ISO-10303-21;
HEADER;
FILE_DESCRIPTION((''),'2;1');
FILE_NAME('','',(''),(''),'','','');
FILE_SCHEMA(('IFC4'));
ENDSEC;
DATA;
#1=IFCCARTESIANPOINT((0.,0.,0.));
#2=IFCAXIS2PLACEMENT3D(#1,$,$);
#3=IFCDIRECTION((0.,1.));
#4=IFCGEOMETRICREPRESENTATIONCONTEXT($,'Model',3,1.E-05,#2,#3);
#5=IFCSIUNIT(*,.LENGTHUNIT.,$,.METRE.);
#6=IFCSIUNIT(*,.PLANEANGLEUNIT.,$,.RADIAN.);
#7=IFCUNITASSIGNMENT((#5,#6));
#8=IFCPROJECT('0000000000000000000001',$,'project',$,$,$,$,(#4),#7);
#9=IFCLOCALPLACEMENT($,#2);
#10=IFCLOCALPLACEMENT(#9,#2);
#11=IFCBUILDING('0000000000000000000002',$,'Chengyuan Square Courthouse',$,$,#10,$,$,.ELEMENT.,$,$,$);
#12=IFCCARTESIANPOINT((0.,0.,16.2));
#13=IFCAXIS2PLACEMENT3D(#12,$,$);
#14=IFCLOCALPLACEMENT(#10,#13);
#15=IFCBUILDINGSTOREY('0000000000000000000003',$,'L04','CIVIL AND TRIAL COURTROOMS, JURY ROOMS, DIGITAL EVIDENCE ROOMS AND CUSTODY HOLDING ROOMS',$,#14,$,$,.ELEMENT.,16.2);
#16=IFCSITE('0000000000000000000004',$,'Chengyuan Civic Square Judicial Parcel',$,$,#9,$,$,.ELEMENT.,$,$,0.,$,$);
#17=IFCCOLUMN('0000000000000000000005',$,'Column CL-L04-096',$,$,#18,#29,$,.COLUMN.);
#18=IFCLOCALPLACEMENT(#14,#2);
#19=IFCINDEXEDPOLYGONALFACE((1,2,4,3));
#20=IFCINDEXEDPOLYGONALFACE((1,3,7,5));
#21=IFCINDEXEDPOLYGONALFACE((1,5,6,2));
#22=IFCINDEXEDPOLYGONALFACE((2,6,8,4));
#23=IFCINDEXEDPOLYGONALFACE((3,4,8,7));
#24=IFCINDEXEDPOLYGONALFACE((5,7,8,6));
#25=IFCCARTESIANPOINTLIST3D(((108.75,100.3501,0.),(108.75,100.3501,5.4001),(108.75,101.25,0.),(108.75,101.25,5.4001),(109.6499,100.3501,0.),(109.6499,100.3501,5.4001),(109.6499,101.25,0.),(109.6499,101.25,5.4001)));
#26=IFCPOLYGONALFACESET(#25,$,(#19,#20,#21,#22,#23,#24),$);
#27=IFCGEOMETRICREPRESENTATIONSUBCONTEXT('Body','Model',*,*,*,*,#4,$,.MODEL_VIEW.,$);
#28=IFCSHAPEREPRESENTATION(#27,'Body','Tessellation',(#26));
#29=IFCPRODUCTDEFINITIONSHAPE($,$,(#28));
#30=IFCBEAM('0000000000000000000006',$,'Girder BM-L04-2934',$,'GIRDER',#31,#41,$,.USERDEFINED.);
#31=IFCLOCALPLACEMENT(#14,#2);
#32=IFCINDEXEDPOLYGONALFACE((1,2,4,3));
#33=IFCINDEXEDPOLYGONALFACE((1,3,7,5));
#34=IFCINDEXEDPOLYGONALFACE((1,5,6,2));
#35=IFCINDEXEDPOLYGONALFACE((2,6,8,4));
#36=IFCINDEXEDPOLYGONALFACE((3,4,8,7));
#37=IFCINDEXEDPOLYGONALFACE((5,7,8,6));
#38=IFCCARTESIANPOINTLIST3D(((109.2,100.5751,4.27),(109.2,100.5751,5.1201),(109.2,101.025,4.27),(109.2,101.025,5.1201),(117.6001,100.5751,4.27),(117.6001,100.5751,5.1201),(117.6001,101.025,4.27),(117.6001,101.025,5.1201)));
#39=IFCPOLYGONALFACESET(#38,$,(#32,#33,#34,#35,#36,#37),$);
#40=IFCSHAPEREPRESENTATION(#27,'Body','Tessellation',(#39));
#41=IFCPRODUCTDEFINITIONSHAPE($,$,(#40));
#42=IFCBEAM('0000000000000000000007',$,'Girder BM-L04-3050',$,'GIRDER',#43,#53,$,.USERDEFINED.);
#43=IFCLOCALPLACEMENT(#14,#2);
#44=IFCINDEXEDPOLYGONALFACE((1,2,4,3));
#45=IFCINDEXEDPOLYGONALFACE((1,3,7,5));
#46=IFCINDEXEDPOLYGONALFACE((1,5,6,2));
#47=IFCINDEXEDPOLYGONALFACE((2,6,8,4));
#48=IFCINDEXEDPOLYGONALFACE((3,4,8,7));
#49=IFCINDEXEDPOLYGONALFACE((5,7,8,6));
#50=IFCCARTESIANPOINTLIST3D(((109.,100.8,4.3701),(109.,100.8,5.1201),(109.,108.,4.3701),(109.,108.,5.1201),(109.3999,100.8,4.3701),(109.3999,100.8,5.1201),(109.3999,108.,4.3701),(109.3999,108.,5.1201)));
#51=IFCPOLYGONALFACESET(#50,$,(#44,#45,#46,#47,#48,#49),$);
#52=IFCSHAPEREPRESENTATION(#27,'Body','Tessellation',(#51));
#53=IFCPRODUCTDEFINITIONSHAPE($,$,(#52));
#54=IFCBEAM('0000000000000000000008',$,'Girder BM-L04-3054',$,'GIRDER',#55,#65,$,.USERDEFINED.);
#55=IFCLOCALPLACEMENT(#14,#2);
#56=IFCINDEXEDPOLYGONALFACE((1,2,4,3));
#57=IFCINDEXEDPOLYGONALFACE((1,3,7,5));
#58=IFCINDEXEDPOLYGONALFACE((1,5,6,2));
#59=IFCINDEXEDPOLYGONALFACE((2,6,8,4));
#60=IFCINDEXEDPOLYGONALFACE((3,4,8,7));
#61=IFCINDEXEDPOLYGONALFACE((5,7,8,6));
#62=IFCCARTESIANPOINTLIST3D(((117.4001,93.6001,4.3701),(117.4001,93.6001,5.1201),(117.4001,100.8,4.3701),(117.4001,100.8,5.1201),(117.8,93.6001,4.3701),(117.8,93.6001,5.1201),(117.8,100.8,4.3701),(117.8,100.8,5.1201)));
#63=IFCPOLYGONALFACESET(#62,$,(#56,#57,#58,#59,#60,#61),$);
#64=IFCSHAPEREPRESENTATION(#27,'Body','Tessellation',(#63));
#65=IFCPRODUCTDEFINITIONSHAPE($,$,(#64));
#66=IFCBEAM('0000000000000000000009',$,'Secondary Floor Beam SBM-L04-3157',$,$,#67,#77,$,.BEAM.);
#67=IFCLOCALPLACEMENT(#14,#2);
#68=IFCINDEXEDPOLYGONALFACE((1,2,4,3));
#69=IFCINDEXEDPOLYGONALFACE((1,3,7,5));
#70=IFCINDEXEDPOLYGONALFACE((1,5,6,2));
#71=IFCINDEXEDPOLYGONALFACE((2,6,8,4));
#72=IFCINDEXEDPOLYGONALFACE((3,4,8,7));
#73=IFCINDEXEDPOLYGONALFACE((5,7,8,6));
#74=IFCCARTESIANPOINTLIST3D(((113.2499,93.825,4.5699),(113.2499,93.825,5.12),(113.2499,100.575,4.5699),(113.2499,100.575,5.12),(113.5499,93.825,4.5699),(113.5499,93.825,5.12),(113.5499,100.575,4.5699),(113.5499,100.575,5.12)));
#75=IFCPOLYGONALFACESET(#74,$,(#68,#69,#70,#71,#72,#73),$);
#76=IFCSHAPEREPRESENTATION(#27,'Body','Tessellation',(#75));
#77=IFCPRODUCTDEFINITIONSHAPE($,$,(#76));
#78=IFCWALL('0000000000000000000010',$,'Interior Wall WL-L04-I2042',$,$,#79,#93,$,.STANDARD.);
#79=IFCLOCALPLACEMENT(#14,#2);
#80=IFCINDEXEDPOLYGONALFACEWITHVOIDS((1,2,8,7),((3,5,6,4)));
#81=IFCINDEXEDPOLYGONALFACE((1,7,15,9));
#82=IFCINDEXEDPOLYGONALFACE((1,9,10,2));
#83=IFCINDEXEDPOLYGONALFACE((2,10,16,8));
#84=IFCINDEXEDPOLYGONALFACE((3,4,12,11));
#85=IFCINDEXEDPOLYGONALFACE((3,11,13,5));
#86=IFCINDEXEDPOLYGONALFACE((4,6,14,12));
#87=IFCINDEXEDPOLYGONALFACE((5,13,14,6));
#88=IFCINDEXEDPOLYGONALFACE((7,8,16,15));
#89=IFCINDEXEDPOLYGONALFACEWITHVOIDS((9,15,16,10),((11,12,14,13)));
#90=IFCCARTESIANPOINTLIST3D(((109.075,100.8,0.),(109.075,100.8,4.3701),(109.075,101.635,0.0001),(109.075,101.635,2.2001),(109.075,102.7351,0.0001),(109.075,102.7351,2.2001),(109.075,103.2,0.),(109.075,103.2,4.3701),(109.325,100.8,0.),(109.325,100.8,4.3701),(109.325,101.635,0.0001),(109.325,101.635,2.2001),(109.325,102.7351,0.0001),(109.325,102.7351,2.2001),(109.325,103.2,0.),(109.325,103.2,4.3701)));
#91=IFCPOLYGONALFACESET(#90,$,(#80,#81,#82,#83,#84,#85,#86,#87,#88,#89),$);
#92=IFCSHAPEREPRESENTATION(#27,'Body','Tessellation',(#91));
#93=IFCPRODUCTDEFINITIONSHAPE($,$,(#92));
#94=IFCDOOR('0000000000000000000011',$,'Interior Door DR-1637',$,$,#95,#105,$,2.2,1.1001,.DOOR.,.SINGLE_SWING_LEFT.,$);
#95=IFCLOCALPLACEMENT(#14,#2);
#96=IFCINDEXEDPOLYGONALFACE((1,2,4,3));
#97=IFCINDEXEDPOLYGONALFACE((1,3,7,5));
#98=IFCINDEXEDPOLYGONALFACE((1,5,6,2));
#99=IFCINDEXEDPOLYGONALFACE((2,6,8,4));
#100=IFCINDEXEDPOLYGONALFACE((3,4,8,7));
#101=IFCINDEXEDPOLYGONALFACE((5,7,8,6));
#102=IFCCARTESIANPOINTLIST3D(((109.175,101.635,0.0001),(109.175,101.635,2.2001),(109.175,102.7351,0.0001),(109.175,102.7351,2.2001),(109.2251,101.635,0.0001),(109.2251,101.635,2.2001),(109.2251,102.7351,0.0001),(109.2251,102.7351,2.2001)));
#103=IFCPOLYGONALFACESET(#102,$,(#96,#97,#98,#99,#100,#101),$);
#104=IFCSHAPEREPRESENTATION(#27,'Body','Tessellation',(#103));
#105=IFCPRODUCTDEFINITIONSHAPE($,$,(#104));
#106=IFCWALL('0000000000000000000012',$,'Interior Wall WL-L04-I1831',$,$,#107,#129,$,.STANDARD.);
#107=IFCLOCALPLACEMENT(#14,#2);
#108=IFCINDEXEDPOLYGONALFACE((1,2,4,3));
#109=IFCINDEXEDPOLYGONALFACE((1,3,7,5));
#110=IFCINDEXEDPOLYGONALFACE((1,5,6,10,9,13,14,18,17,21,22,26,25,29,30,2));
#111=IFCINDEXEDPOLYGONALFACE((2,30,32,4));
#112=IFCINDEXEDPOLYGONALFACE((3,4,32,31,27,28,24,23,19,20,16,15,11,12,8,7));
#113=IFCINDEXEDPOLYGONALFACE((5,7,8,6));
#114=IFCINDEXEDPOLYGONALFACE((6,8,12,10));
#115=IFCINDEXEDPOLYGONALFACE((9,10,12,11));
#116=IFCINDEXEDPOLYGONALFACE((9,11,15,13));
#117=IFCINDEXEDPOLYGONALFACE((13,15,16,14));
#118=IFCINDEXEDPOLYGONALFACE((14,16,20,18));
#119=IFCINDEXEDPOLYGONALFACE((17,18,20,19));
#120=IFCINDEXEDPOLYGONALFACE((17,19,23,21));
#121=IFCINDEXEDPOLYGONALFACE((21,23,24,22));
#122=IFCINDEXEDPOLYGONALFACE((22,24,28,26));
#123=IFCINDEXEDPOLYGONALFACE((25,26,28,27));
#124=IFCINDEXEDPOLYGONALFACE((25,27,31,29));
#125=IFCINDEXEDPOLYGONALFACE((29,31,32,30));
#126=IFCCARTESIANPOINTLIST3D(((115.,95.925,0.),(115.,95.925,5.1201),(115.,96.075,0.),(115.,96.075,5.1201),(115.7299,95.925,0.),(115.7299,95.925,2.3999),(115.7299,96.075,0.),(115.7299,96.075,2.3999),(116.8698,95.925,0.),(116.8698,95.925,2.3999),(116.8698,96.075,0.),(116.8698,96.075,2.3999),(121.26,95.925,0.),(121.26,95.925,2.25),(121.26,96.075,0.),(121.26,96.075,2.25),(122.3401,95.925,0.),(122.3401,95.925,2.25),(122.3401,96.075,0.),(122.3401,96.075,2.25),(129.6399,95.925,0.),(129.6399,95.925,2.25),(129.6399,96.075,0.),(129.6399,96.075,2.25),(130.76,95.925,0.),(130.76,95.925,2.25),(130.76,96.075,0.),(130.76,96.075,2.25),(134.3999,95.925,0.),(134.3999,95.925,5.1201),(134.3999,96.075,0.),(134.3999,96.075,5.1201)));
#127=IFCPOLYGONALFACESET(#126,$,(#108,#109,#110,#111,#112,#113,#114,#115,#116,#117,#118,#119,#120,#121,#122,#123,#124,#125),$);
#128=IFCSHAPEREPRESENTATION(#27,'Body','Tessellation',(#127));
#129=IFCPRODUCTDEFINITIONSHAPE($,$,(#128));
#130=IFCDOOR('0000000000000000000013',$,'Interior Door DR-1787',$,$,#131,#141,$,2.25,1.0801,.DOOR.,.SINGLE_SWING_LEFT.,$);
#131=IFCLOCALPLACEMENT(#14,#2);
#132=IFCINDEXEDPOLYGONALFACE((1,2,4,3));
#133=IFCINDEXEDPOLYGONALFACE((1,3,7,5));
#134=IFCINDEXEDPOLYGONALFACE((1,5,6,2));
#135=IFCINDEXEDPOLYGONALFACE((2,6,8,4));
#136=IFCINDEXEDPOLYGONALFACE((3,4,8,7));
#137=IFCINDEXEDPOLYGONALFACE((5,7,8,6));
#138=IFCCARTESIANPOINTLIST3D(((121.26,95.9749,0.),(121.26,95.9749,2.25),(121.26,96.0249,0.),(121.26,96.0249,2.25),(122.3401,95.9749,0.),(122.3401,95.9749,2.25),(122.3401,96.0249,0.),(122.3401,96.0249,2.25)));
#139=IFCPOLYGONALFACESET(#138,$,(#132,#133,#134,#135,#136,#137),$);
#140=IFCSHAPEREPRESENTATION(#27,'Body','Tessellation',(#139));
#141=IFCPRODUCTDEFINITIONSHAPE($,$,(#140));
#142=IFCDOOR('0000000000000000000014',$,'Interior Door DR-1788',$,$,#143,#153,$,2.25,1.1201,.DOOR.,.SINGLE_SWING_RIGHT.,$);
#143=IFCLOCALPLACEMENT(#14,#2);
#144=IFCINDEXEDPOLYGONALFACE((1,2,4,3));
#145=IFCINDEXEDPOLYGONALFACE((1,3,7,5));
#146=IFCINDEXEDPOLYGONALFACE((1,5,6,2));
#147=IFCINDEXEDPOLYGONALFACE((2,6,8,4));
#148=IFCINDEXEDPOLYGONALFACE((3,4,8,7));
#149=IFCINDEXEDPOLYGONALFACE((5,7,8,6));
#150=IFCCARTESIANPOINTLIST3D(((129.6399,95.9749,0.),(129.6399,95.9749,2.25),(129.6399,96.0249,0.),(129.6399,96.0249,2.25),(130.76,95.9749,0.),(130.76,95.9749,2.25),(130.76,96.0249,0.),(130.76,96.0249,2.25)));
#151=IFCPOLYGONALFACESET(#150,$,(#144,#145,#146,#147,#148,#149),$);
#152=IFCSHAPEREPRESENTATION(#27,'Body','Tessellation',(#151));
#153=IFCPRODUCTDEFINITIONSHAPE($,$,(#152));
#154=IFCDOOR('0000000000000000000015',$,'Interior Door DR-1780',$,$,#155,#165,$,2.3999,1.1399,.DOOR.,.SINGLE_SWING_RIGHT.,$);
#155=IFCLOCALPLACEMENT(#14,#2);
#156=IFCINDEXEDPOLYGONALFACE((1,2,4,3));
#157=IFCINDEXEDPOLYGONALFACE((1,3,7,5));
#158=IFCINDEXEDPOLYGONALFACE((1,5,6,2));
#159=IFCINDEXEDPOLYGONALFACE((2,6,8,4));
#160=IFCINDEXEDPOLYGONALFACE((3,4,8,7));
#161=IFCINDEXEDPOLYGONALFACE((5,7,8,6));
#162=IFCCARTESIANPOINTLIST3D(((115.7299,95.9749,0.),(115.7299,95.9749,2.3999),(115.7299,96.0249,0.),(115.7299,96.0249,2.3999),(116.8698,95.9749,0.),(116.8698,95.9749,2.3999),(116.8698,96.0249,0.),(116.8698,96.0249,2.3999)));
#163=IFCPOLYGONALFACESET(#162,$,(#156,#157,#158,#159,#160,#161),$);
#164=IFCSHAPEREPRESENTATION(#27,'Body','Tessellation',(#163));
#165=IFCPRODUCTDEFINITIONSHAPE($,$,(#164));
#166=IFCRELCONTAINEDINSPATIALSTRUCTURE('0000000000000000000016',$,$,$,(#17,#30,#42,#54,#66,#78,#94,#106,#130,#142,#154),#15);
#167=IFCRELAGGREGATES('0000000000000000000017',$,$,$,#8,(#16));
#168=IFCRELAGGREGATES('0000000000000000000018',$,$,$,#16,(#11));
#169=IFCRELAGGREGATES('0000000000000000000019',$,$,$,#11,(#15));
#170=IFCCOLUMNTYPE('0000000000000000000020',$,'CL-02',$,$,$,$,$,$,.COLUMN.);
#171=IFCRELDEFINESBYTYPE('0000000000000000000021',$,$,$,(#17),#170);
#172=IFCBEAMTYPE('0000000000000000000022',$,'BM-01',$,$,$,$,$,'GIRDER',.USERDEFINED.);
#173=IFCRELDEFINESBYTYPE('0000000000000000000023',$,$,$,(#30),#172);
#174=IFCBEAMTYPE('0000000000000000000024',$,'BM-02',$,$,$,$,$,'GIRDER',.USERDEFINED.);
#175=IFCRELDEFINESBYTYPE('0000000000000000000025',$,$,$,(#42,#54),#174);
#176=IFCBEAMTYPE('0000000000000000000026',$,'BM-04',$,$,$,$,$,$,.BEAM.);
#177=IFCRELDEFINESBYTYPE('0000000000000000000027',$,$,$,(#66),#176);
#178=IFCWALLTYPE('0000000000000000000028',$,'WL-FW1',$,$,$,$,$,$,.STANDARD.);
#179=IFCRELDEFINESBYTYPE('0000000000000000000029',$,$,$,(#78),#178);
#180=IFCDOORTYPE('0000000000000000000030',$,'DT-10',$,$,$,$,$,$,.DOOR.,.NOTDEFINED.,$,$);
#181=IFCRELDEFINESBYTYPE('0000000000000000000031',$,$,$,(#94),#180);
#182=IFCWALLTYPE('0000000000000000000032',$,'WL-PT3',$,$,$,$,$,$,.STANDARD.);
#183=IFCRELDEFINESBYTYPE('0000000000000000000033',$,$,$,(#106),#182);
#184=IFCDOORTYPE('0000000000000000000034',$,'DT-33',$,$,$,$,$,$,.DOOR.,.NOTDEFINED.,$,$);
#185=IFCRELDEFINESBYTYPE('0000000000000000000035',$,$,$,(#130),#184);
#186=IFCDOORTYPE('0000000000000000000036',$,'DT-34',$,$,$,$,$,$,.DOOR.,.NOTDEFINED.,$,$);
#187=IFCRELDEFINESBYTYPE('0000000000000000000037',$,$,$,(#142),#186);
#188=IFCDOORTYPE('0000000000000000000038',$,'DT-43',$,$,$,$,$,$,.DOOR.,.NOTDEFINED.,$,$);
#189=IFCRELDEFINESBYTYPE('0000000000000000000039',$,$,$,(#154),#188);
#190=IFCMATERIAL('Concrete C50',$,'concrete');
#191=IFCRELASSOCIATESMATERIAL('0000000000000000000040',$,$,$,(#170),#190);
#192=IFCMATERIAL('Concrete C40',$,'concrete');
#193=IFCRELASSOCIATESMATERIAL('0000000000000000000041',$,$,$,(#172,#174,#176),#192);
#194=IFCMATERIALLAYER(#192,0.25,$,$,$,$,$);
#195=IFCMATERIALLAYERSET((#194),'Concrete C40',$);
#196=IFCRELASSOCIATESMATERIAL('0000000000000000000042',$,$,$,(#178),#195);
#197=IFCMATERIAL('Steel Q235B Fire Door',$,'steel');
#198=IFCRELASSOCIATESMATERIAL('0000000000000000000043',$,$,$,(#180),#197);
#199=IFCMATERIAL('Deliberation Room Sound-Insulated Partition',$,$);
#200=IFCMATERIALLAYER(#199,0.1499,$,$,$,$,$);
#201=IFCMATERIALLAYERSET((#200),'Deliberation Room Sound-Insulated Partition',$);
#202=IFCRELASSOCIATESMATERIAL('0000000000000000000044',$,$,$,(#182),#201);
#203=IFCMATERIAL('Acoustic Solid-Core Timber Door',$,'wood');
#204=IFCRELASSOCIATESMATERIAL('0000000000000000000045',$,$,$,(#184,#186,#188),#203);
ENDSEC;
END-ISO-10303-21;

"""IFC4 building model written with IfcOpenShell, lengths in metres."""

from ifc_helpers import new_model, si_unit, direction, frame, frame_2d, origin, origin_2d, place, context, subcontext, project, spatial, rectangle, extrude, material, layer, layer_set, material_profile, profile_set, type_object, element, fill, save


model = new_model("IFC4")

# Units and contexts
model_context = context("Model", 3, precision=1e-05, world=origin(), true_north=direction((0.0, 1.0)))
body_context = subcontext(model_context, "Body", "Model", "MODEL_VIEW")
ifc_project = project(units=[si_unit("LENGTHUNIT", "METRE"), si_unit("PLANEANGLEUNIT", "RADIAN")], contexts=[model_context])

# Site, building, storey
site_placement = place(None, origin())
site = spatial("IfcSite", under=ifc_project, at=site_placement, Name="Chengyuan Civic Square Judicial Parcel", CompositionType="ELEMENT", RefElevation=0.0)
building_placement = place(site_placement, origin())
building = spatial("IfcBuilding", under=site, at=building_placement, Name="Chengyuan Square Courthouse", CompositionType="ELEMENT")
storey_placement = place(building_placement, frame((0.0, 0.0, 16.2)))
storey = spatial("IfcBuildingStorey", under=building, at=storey_placement, Name="L04", Description="CIVIL AND TRIAL COURTROOMS, JURY ROOMS, DIGITAL EVIDENCE ROOMS AND CUSTODY HOLDING ROOMS", CompositionType="ELEMENT", Elevation=16.2)

# Column
ifc_material_1 = material(Name="Concrete C50", Category="concrete")
ifc_material_profile_1 = material_profile(ifc_material_1, rectangle(XDim=0.8999, YDim=0.8999, at=origin_2d()), Name="RC-COL-900x900")
ifc_profile_set_1 = profile_set([ifc_material_profile_1], Name="Concrete C50")
column_type = type_object("IfcColumnType", Name="CL-02", PredefinedType="COLUMN", material=ifc_profile_set_1)
column_placement = place(storey_placement, frame((109.2, 100.8, 0.0), z_axis=(0.0, 0.0, 1.0), x_axis=(1.0, 0.0, 0.0)))
element("IfcColumn", 1, at=column_placement, inside=storey, type_object=column_type, Name="Column CL-L04-096", PredefinedType="COLUMN", context=body_context, shape_type="SweptSolid", body=[
    extrude(rectangle(XDim=0.8999, YDim=0.8999, at=origin_2d()), origin(), (0.0, 0.0, 1.0), 5.4001),
])

# Beams
ifc_material_2 = material(Name="Concrete C40", Category="concrete")
ifc_material_profile_2 = material_profile(ifc_material_2, rectangle(XDim=0.45, YDim=0.8501, at=origin_2d()), Name="RC-BM-450x850")
ifc_profile_set_2 = profile_set([ifc_material_profile_2], Name="Concrete C40")
beam_type_1 = type_object("IfcBeamType", Name="BM-01", ElementType="GIRDER", PredefinedType="USERDEFINED", material=ifc_profile_set_2)
beam_1_placement = place(storey_placement, frame((109.2, 100.8, 4.6951), z_axis=(1.0, 0.0, 0.0), x_axis=(0.0, 1.0, 0.0)))
element("IfcBeam", 2, at=beam_1_placement, inside=storey, type_object=beam_type_1, Name="Girder BM-L04-2934", ObjectType="GIRDER", PredefinedType="USERDEFINED", context=body_context, shape_type="SweptSolid", body=[
    extrude(rectangle(XDim=0.45, YDim=0.8501, at=origin_2d()), origin(), (0.0, 0.0, 1.0), 8.4001),
])
ifc_material_profile_3 = material_profile(ifc_material_2, rectangle(XDim=0.3999, YDim=0.75, at=origin_2d()), Name="RC-BM-400x750")
ifc_profile_set_3 = profile_set([ifc_material_profile_3], Name="Concrete C40")
beam_type_2 = type_object("IfcBeamType", Name="BM-02", ElementType="GIRDER", PredefinedType="USERDEFINED", material=ifc_profile_set_3)
for number, where, z_axis, x_axis, name in (
    (3, (109.2, 100.8, 4.7451), (0.0, 1.0, 0.0), (-1.0, 0.0, 0.0), "Girder BM-L04-3050"),
    (4, (117.6001, 93.6001, 4.7451), (0.0, 1.0, 0.0), (-1.0, 0.0, 0.0), "Girder BM-L04-3054"),
):
    element("IfcBeam", number, at=place(storey_placement, frame(where, z_axis=z_axis, x_axis=x_axis)), inside=storey, type_object=beam_type_2, Name=name, ObjectType="GIRDER", PredefinedType="USERDEFINED", context=body_context, shape_type="SweptSolid", body=[
        extrude(rectangle(XDim=0.3999, YDim=0.75, at=origin_2d()), origin(), (0.0, 0.0, 1.0), 7.2),
    ])
ifc_material_profile_4 = material_profile(ifc_material_2, rectangle(XDim=0.3, YDim=0.55, at=origin_2d()), Name="RC-BM-300x550")
ifc_profile_set_4 = profile_set([ifc_material_profile_4], Name="Concrete C40")
beam_type_3 = type_object("IfcBeamType", Name="BM-04", PredefinedType="BEAM", material=ifc_profile_set_4)
beam_2_placement = place(storey_placement, frame((113.3999, 93.825, 4.845), z_axis=(0.0, 1.0, 0.0), x_axis=(-1.0, 0.0, 0.0)))
element("IfcBeam", 5, at=beam_2_placement, inside=storey, type_object=beam_type_3, Name="Secondary Floor Beam SBM-L04-3157", PredefinedType="BEAM", context=body_context, shape_type="SweptSolid", body=[
    extrude(rectangle(XDim=0.3, YDim=0.55, at=origin_2d()), origin(), (0.0, 0.0, 1.0), 6.75),
])

# Shared definitions
ifc_layer_1 = layer(ifc_material_2, 0.25)
ifc_layer_set_1 = layer_set([ifc_layer_1], Name="Concrete C40")
wall_type_1 = type_object("IfcWallType", Name="WL-FW1", PredefinedType="STANDARD", material=ifc_layer_set_1)
ifc_material_3 = material(Name="Steel Q235B Fire Door", Category="steel")
door_type_1 = type_object("IfcDoorType", Name="DT-10", OperationType="NOTDEFINED", PredefinedType="DOOR", material=ifc_material_3)

# Wall, opening, door
wall_1_placement = place(storey_placement, frame((109.2, 100.8, 0.0), z_axis=(0.0, 0.0, 1.0), x_axis=(0.0, 1.0, 0.0)))
wall_1 = element("IfcWall", 6, at=wall_1_placement, inside=storey, type_object=wall_type_1, Name="Interior Wall WL-L04-I2042", PredefinedType="STANDARD", context=body_context, shape_type="SweptSolid", body=[
    extrude(rectangle(XDim=2.3999, YDim=0.25, at=frame_2d((1.2, 0.0))), origin(), (0.0, 0.0, 1.0), 4.3701),
])
opening_1_placement = place(wall_1_placement, frame((0.835, 0.0, 0.0)))
opening_1 = element("IfcOpeningElement", 7, at=opening_1_placement, cuts=wall_1, PredefinedType="OPENING", context=body_context, shape_type="SweptSolid", body=[
    extrude(rectangle(XDim=1.1001, YDim=2.2, at=frame_2d((0.55, 1.1001))), frame((0.0, 0.137, 0.0), z_axis=(0.0, -1.0, 0.0), x_axis=(1.0, 0.0, 0.0)), (0.0, 0.0, 1.0), 0.2739),
])
door_1_placement = place(opening_1_placement, origin())
door_1 = element("IfcDoor", 8, at=door_1_placement, inside=storey, type_object=door_type_1, Name="Interior Door DR-1637", OperationType="SINGLE_SWING_LEFT", OverallHeight=2.2, OverallWidth=1.1001, PredefinedType="DOOR", context=body_context, shape_type="SweptSolid", body=[
    extrude(rectangle(XDim=1.1001, YDim=2.2, at=frame_2d((0.55, 1.1001))), frame((0.0, 0.0249, 0.0), z_axis=(0.0, -1.0, 0.0), x_axis=(1.0, 0.0, 0.0)), (0.0, 0.0, 1.0), 0.05),
])
fill(opening_1, door_1)

# Wall, openings, doors
ifc_material_4 = material(Name="Deliberation Room Sound-Insulated Partition")
ifc_layer_2 = layer(ifc_material_4, 0.1499)
ifc_layer_set_2 = layer_set([ifc_layer_2], Name="Deliberation Room Sound-Insulated Partition")
wall_type_2 = type_object("IfcWallType", Name="WL-PT3", PredefinedType="STANDARD", material=ifc_layer_set_2)
wall_2_placement = place(storey_placement, frame((115.0, 96.0, 0.0), z_axis=(0.0, 0.0, 1.0), x_axis=(1.0, 0.0, 0.0)))
wall_2 = element("IfcWall", 9, at=wall_2_placement, inside=storey, type_object=wall_type_2, Name="Interior Wall WL-L04-I1831", PredefinedType="STANDARD", context=body_context, shape_type="SweptSolid", body=[
    extrude(rectangle(XDim=19.3999, YDim=0.1499, at=frame_2d((9.7, 0.0))), origin(), (0.0, 0.0, 1.0), 5.1201),
])
opening_2_placement = place(wall_2_placement, frame((0.73, 0.0, 0.0)))
opening_2 = element("IfcOpeningElement", 10, at=opening_2_placement, cuts=wall_2, PredefinedType="OPENING", context=body_context, shape_type="SweptSolid", body=[
    extrude(rectangle(XDim=1.1399, YDim=2.3999, at=frame_2d((0.5698, 1.2))), frame((0.0, 0.0869, 0.0), z_axis=(0.0, -1.0, 0.0), x_axis=(1.0, 0.0, 0.0)), (0.0, 0.0, 1.0), 0.1738),
])
opening_3_placement = place(wall_2_placement, frame((6.26, 0.0, 0.0)))
opening_3 = element("IfcOpeningElement", 11, at=opening_3_placement, cuts=wall_2, PredefinedType="OPENING", context=body_context, shape_type="SweptSolid", body=[
    extrude(rectangle(XDim=1.0801, YDim=2.25, at=frame_2d((0.54, 1.125))), frame((0.0, 0.0869, 0.0), z_axis=(0.0, -1.0, 0.0), x_axis=(1.0, 0.0, 0.0)), (0.0, 0.0, 1.0), 0.1738),
])
opening_4_placement = place(wall_2_placement, frame((14.6399, 0.0, 0.0)))
opening_4 = element("IfcOpeningElement", 12, at=opening_4_placement, cuts=wall_2, PredefinedType="OPENING", context=body_context, shape_type="SweptSolid", body=[
    extrude(rectangle(XDim=1.1201, YDim=2.25, at=frame_2d((0.5601, 1.125))), frame((0.0, 0.0869, 0.0), z_axis=(0.0, -1.0, 0.0), x_axis=(1.0, 0.0, 0.0)), (0.0, 0.0, 1.0), 0.1738),
])
ifc_material_5 = material(Name="Acoustic Solid-Core Timber Door", Category="wood")
door_type_2 = type_object("IfcDoorType", Name="DT-33", OperationType="NOTDEFINED", PredefinedType="DOOR", material=ifc_material_5)
door_2_placement = place(opening_3_placement, origin())
door_2 = element("IfcDoor", 13, at=door_2_placement, inside=storey, type_object=door_type_2, Name="Interior Door DR-1787", OperationType="SINGLE_SWING_LEFT", OverallHeight=2.25, OverallWidth=1.0801, PredefinedType="DOOR", context=body_context, shape_type="SweptSolid", body=[
    extrude(rectangle(XDim=1.0801, YDim=2.25, at=frame_2d((0.54, 1.125))), frame((0.0, 0.0249, 0.0), z_axis=(0.0, -1.0, 0.0), x_axis=(1.0, 0.0, 0.0)), (0.0, 0.0, 1.0), 0.05),
])
fill(opening_3, door_2)
door_type_3 = type_object("IfcDoorType", Name="DT-34", OperationType="NOTDEFINED", PredefinedType="DOOR", material=ifc_material_5)
door_3_placement = place(opening_4_placement, origin())
door_3 = element("IfcDoor", 14, at=door_3_placement, inside=storey, type_object=door_type_3, Name="Interior Door DR-1788", OperationType="SINGLE_SWING_RIGHT", OverallHeight=2.25, OverallWidth=1.1201, PredefinedType="DOOR", context=body_context, shape_type="SweptSolid", body=[
    extrude(rectangle(XDim=1.1201, YDim=2.25, at=frame_2d((0.5601, 1.125))), frame((0.0, 0.0249, 0.0), z_axis=(0.0, -1.0, 0.0), x_axis=(1.0, 0.0, 0.0)), (0.0, 0.0, 1.0), 0.05),
])
fill(opening_4, door_3)
door_type_4 = type_object("IfcDoorType", Name="DT-43", OperationType="NOTDEFINED", PredefinedType="DOOR", material=ifc_material_5)
door_4_placement = place(opening_2_placement, origin())
door_4 = element("IfcDoor", 15, at=door_4_placement, inside=storey, type_object=door_type_4, Name="Interior Door DR-1780", OperationType="SINGLE_SWING_RIGHT", OverallHeight=2.3999, OverallWidth=1.1399, PredefinedType="DOOR", context=body_context, shape_type="SweptSolid", body=[
    extrude(rectangle(XDim=1.1399, YDim=2.3999, at=frame_2d((0.5698, 1.2))), frame((0.0, 0.0249, 0.0), z_axis=(0.0, -1.0, 0.0), x_axis=(1.0, 0.0, 0.0)), (0.0, 0.0, 1.0), 0.05),
])
fill(opening_2, door_4)

save(model, "model.ifc")
